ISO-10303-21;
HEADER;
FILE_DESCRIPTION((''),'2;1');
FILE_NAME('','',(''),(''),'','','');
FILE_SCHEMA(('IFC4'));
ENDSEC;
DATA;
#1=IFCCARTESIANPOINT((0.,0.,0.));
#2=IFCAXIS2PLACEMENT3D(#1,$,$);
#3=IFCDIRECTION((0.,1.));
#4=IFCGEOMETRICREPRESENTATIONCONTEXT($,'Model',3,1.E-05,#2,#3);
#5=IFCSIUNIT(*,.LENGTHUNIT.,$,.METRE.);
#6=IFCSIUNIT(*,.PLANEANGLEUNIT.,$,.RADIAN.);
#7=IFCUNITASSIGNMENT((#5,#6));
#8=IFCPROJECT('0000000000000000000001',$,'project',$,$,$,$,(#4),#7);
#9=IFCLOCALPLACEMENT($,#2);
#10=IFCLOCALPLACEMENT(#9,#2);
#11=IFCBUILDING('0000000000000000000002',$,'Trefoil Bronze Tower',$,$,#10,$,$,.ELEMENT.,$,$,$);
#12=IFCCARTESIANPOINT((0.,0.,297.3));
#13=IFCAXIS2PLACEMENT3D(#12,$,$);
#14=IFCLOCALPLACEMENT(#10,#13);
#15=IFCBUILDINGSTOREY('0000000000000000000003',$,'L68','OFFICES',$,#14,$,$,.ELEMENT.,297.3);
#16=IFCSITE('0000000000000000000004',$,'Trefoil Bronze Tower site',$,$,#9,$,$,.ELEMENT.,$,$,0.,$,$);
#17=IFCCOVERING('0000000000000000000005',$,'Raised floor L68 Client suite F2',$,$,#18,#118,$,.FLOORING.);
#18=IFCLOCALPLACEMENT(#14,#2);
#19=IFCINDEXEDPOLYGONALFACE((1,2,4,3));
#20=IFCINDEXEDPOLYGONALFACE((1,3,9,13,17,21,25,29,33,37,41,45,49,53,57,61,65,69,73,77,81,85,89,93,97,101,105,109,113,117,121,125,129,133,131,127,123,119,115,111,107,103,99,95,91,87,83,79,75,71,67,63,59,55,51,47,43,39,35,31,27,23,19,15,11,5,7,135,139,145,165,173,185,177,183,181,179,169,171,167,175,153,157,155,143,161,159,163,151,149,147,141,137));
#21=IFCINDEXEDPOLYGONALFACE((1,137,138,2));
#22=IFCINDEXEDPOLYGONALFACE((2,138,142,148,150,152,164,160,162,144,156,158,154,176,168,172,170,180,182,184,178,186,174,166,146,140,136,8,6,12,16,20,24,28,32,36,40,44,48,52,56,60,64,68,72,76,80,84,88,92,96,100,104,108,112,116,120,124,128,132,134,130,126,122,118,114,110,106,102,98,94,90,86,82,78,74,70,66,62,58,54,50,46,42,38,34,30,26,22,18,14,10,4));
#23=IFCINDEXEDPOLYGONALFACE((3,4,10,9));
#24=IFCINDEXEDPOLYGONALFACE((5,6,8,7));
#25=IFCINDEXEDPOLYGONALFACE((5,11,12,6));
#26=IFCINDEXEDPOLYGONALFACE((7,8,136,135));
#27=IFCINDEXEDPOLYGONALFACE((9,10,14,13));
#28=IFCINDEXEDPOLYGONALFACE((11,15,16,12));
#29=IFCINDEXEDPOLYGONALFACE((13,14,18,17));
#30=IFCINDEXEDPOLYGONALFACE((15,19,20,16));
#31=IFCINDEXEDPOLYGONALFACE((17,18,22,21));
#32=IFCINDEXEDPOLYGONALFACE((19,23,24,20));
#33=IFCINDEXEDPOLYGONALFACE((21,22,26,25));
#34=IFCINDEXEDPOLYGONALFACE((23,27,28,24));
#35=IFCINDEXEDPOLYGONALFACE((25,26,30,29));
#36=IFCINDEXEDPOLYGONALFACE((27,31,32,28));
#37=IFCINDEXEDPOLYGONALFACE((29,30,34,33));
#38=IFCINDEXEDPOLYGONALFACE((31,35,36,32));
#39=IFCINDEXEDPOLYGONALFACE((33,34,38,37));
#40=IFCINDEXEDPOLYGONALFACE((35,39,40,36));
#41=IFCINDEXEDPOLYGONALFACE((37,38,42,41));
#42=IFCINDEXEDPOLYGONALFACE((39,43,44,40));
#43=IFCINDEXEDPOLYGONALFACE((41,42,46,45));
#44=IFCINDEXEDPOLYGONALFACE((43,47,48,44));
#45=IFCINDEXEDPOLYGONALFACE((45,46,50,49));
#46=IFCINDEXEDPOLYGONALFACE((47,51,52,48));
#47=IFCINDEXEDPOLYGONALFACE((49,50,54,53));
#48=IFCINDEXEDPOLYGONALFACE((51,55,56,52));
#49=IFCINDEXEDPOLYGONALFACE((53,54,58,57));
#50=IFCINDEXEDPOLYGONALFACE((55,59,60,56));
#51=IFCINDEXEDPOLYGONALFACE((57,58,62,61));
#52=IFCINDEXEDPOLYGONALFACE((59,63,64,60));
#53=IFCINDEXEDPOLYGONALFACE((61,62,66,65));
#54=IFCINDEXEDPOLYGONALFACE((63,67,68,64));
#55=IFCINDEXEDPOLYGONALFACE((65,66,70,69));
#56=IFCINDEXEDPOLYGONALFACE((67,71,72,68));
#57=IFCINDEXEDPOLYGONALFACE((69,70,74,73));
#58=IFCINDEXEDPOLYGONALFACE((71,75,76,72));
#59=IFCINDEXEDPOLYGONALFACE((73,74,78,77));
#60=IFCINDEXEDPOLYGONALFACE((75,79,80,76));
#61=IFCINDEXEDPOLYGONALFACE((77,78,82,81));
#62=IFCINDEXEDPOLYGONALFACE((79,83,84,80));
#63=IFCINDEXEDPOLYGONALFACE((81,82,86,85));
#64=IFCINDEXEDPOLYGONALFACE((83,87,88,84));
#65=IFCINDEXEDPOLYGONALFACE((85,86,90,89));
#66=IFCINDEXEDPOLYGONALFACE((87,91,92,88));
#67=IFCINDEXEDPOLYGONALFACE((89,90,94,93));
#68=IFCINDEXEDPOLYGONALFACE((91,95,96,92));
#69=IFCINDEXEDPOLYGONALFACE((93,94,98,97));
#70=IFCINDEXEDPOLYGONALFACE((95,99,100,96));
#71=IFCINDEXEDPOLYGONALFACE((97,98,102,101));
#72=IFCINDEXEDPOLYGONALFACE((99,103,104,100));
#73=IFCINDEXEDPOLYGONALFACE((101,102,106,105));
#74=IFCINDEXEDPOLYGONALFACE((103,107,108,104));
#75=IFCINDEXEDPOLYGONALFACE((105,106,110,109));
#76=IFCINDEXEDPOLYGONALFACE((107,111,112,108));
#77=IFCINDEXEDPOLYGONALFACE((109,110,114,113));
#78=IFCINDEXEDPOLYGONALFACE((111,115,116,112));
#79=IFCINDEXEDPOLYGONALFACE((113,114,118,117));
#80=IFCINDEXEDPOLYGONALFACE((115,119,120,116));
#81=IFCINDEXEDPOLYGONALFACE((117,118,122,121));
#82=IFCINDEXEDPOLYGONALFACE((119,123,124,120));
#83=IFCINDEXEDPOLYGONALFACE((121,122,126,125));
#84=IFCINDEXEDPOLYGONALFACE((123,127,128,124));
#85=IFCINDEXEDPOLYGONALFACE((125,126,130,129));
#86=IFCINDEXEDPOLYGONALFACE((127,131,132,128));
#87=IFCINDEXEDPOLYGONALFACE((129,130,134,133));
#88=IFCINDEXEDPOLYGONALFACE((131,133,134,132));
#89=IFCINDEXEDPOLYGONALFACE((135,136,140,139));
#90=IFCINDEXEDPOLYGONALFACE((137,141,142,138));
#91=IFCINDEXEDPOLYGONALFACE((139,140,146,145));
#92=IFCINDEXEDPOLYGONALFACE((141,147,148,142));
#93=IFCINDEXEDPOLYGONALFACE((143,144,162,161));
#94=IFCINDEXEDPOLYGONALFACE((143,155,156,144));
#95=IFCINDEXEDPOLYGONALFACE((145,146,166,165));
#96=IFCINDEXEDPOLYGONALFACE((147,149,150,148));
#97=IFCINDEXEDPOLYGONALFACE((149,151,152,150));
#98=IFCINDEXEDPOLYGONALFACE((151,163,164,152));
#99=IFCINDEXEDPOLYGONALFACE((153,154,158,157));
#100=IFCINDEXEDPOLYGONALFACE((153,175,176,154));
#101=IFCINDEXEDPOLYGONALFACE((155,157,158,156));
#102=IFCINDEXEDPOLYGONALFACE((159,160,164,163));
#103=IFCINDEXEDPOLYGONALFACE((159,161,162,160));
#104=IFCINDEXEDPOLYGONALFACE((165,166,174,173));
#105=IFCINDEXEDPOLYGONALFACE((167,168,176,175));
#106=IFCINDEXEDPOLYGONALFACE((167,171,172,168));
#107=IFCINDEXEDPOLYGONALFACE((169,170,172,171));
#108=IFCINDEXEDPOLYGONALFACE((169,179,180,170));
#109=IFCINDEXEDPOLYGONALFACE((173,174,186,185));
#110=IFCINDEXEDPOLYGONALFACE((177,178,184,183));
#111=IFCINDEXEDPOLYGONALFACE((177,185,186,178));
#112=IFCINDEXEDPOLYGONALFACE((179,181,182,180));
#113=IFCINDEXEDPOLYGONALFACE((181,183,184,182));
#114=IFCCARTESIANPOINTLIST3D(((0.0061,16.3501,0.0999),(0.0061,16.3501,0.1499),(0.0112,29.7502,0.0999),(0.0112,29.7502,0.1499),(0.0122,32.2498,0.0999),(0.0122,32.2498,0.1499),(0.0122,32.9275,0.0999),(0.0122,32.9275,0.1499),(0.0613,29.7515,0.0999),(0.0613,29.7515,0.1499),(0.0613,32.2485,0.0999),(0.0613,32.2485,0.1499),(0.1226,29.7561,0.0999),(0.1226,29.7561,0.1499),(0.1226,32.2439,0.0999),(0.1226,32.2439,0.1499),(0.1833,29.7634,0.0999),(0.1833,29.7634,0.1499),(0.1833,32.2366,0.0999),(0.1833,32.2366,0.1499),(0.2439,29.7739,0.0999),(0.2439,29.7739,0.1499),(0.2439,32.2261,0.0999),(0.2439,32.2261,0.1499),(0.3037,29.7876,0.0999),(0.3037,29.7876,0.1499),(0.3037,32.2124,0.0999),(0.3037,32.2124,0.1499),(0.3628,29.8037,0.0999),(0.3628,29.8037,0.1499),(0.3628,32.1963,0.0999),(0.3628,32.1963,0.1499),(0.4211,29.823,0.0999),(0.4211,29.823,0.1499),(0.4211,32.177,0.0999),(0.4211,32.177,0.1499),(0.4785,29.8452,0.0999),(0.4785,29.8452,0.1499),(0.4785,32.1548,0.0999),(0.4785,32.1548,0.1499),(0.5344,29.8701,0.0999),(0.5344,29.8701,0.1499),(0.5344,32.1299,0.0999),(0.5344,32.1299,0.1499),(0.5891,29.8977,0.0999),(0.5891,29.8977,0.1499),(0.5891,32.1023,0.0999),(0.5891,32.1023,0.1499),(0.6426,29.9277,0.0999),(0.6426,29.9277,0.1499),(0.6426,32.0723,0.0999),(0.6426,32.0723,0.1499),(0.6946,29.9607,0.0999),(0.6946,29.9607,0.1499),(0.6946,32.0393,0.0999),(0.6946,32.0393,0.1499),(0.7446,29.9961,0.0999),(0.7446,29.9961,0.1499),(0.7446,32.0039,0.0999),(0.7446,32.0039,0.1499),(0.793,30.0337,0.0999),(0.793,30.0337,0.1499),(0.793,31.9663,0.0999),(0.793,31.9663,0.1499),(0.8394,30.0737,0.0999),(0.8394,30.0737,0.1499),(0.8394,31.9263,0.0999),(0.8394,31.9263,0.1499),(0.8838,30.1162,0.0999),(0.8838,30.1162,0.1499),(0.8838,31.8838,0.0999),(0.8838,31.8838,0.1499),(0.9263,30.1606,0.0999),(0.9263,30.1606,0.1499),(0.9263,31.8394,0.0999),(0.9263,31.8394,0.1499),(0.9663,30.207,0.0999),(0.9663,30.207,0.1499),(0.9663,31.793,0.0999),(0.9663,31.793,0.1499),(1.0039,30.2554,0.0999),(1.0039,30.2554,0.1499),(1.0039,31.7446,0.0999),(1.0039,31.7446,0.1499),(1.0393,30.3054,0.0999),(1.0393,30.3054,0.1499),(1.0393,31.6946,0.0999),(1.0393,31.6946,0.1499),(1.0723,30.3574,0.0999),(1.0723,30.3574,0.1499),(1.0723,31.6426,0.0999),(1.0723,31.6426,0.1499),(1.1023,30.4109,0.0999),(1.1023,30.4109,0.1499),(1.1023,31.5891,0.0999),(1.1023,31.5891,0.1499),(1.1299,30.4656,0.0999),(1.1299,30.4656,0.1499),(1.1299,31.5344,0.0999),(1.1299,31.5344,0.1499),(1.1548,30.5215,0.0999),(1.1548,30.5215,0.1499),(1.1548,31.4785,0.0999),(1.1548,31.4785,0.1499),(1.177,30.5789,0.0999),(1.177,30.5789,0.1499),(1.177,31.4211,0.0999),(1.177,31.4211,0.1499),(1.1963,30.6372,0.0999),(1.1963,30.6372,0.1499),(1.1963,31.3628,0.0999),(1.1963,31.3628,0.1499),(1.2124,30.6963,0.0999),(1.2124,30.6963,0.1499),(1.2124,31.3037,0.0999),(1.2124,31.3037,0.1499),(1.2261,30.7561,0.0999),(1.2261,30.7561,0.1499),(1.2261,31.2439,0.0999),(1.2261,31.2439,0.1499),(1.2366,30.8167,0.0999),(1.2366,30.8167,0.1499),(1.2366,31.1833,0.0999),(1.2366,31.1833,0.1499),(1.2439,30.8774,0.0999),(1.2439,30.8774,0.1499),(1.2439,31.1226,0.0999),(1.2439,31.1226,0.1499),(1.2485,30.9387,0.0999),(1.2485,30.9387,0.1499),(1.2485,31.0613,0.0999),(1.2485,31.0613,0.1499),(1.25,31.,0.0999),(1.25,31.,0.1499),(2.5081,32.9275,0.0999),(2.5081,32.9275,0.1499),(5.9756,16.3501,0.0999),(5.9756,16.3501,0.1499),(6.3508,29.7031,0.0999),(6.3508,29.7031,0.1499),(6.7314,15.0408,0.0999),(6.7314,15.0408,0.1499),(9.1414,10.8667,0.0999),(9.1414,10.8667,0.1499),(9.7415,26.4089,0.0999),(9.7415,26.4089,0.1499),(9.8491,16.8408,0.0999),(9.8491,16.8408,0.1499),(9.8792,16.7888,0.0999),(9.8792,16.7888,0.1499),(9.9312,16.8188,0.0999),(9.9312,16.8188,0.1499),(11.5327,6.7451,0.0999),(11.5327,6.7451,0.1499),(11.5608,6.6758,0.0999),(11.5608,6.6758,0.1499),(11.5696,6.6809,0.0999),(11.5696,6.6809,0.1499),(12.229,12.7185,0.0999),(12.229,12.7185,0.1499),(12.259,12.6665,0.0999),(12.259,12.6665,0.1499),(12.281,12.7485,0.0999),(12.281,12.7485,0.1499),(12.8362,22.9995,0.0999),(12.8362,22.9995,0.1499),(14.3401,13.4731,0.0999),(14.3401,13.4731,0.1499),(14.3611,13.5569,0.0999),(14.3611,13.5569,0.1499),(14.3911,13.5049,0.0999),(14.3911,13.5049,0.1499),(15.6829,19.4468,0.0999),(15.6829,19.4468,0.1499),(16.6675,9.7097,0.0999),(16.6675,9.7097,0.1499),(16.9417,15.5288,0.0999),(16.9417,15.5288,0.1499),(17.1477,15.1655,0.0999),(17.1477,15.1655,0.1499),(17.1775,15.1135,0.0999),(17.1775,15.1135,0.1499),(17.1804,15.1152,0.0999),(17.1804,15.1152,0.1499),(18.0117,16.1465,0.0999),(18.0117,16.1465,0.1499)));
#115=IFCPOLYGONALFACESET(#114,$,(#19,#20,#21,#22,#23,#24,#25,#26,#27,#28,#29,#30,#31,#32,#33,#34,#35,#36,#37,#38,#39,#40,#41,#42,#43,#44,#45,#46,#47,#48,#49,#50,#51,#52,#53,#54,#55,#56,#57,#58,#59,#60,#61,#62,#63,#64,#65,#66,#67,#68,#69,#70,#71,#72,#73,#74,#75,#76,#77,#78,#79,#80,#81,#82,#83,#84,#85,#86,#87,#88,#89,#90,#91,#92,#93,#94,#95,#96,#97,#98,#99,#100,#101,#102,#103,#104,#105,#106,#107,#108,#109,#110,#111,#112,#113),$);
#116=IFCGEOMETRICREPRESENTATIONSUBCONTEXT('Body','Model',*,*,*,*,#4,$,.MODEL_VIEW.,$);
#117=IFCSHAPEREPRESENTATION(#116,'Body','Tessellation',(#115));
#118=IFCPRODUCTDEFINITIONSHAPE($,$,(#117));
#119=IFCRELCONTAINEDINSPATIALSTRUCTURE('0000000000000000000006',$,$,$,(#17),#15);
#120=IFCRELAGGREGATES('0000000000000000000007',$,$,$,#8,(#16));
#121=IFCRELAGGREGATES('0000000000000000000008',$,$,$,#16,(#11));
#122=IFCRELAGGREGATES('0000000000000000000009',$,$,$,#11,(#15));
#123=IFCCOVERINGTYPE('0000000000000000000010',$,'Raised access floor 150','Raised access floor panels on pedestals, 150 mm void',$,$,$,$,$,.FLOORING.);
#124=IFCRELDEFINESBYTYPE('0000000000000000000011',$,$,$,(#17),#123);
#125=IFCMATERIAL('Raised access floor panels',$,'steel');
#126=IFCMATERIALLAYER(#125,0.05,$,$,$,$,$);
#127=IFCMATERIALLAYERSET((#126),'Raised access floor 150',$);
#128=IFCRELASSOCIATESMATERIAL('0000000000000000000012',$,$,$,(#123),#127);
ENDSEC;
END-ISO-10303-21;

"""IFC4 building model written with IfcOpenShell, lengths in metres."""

from ifc_helpers import new_model, si_unit, direction, frame, origin, place, context, subcontext, project, spatial, polyline, outline, extrude, material, layer, layer_set, type_object, element, save


model = new_model("IFC4")

# Units and contexts
model_context = context("Model", 3, precision=1e-05, world=origin(), true_north=direction((0.0, 1.0)))
body_context = subcontext(model_context, "Body", "Model", "MODEL_VIEW")
ifc_project = project(units=[si_unit("LENGTHUNIT", "METRE"), si_unit("PLANEANGLEUNIT", "RADIAN")], contexts=[model_context])

# Site, building, storey
site_placement = place(None, origin())
site = spatial("IfcSite", under=ifc_project, at=site_placement, Name="Trefoil Bronze Tower site", CompositionType="ELEMENT", RefElevation=0.0)
building_placement = place(site_placement, origin())
building = spatial("IfcBuilding", under=site, at=building_placement, Name="Trefoil Bronze Tower", CompositionType="ELEMENT")
storey_placement = place(building_placement, frame((0.0, 0.0, 297.3)))
storey = spatial("IfcBuildingStorey", under=building, at=storey_placement, Name="L68", Description="OFFICES", CompositionType="ELEMENT", Elevation=297.3)

# Covering
ifc_material_1 = material(Name="Raised access floor panels", Category="steel")
ifc_layer_1 = layer(ifc_material_1, 0.05)
ifc_layer_set_1 = layer_set([ifc_layer_1], Name="Raised access floor 150")
covering_type_1 = type_object("IfcCoveringType", Name="Raised access floor 150", Description="Raised access floor panels on pedestals, 150 mm void", PredefinedType="FLOORING", material=ifc_layer_set_1)
covering_1_placement = place(storey_placement, frame((0.0, 0.0, 0.0999)))
element("IfcCovering", 1, at=covering_1_placement, inside=storey, type_object=covering_type_1, Name="Raised floor L68 Client suite F2", PredefinedType="FLOORING", context=body_context, shape_type="SweptSolid", body=[
    extrude(outline(polyline([(6.3508, 29.7031), (9.7415, 26.4089), (12.8362, 22.9995), (15.6829, 19.4468), (18.0117, 16.1465), (16.9417, 15.5288), (17.1804, 15.1152), (17.1775, 15.1135), (17.1477, 15.1655), (14.3611, 13.5569), (14.3911, 13.5049), (14.3401, 13.4731), (16.6675, 9.7097), (11.5327, 6.7451), (11.5696, 6.6809), (11.5608, 6.6758), (9.1414, 10.8667), (12.259, 12.6665), (12.229, 12.7185), (12.281, 12.7485), (9.9312, 16.8188), (9.8792, 16.7888), (9.8491, 16.8408), (6.7314, 15.0408), (5.9756, 16.3501), (0.0061, 16.3501), (0.0112, 29.7502), (0.0613, 29.7515), (0.1226, 29.7561), (0.1833, 29.7634), (0.2439, 29.7739), (0.3037, 29.7876), (0.3628, 29.8037), (0.4211, 29.823), (0.4785, 29.8452), (0.5344, 29.8701), (0.5891, 29.8977), (0.6426, 29.9277), (0.6946, 29.9607), (0.7446, 29.9961), (0.793, 30.0337), (0.8394, 30.0737), (0.8838, 30.1162), (0.9263, 30.1606), (0.9663, 30.207), (1.0039, 30.2554), (1.0393, 30.3054), (1.0723, 30.3574), (1.1023, 30.4109), (1.1299, 30.4656), (1.1548, 30.5215), (1.177, 30.5789), (1.1963, 30.6372), (1.2124, 30.6963), (1.2261, 30.7561), (1.2366, 30.8167), (1.2439, 30.8774), (1.2485, 30.9387), (1.25, 31.0), (1.2485, 31.0613), (1.2439, 31.1226), (1.2366, 31.1833), (1.2261, 31.2439), (1.2124, 31.3037), (1.1963, 31.3628), (1.177, 31.4211), (1.1548, 31.4785), (1.1299, 31.5344), (1.1023, 31.5891), (1.0723, 31.6426), (1.0393, 31.6946), (1.0039, 31.7446), (0.9663, 31.793), (0.9263, 31.8394), (0.8838, 31.8838), (0.8394, 31.9263), (0.793, 31.9663), (0.7446, 32.0039), (0.6946, 32.0393), (0.6426, 32.0723), (0.5891, 32.1023), (0.5344, 32.1299), (0.4785, 32.1548), (0.4211, 32.177), (0.3628, 32.1963), (0.3037, 32.2124), (0.2439, 32.2261), (0.1833, 32.2366), (0.1226, 32.2439), (0.0613, 32.2485), (0.0122, 32.2498), (0.0122, 32.9275), (2.5081, 32.9275), (6.3508, 29.7031)])), origin(), (0.0, 0.0, 1.0), 0.05),
])

save(model, "model.ifc")
